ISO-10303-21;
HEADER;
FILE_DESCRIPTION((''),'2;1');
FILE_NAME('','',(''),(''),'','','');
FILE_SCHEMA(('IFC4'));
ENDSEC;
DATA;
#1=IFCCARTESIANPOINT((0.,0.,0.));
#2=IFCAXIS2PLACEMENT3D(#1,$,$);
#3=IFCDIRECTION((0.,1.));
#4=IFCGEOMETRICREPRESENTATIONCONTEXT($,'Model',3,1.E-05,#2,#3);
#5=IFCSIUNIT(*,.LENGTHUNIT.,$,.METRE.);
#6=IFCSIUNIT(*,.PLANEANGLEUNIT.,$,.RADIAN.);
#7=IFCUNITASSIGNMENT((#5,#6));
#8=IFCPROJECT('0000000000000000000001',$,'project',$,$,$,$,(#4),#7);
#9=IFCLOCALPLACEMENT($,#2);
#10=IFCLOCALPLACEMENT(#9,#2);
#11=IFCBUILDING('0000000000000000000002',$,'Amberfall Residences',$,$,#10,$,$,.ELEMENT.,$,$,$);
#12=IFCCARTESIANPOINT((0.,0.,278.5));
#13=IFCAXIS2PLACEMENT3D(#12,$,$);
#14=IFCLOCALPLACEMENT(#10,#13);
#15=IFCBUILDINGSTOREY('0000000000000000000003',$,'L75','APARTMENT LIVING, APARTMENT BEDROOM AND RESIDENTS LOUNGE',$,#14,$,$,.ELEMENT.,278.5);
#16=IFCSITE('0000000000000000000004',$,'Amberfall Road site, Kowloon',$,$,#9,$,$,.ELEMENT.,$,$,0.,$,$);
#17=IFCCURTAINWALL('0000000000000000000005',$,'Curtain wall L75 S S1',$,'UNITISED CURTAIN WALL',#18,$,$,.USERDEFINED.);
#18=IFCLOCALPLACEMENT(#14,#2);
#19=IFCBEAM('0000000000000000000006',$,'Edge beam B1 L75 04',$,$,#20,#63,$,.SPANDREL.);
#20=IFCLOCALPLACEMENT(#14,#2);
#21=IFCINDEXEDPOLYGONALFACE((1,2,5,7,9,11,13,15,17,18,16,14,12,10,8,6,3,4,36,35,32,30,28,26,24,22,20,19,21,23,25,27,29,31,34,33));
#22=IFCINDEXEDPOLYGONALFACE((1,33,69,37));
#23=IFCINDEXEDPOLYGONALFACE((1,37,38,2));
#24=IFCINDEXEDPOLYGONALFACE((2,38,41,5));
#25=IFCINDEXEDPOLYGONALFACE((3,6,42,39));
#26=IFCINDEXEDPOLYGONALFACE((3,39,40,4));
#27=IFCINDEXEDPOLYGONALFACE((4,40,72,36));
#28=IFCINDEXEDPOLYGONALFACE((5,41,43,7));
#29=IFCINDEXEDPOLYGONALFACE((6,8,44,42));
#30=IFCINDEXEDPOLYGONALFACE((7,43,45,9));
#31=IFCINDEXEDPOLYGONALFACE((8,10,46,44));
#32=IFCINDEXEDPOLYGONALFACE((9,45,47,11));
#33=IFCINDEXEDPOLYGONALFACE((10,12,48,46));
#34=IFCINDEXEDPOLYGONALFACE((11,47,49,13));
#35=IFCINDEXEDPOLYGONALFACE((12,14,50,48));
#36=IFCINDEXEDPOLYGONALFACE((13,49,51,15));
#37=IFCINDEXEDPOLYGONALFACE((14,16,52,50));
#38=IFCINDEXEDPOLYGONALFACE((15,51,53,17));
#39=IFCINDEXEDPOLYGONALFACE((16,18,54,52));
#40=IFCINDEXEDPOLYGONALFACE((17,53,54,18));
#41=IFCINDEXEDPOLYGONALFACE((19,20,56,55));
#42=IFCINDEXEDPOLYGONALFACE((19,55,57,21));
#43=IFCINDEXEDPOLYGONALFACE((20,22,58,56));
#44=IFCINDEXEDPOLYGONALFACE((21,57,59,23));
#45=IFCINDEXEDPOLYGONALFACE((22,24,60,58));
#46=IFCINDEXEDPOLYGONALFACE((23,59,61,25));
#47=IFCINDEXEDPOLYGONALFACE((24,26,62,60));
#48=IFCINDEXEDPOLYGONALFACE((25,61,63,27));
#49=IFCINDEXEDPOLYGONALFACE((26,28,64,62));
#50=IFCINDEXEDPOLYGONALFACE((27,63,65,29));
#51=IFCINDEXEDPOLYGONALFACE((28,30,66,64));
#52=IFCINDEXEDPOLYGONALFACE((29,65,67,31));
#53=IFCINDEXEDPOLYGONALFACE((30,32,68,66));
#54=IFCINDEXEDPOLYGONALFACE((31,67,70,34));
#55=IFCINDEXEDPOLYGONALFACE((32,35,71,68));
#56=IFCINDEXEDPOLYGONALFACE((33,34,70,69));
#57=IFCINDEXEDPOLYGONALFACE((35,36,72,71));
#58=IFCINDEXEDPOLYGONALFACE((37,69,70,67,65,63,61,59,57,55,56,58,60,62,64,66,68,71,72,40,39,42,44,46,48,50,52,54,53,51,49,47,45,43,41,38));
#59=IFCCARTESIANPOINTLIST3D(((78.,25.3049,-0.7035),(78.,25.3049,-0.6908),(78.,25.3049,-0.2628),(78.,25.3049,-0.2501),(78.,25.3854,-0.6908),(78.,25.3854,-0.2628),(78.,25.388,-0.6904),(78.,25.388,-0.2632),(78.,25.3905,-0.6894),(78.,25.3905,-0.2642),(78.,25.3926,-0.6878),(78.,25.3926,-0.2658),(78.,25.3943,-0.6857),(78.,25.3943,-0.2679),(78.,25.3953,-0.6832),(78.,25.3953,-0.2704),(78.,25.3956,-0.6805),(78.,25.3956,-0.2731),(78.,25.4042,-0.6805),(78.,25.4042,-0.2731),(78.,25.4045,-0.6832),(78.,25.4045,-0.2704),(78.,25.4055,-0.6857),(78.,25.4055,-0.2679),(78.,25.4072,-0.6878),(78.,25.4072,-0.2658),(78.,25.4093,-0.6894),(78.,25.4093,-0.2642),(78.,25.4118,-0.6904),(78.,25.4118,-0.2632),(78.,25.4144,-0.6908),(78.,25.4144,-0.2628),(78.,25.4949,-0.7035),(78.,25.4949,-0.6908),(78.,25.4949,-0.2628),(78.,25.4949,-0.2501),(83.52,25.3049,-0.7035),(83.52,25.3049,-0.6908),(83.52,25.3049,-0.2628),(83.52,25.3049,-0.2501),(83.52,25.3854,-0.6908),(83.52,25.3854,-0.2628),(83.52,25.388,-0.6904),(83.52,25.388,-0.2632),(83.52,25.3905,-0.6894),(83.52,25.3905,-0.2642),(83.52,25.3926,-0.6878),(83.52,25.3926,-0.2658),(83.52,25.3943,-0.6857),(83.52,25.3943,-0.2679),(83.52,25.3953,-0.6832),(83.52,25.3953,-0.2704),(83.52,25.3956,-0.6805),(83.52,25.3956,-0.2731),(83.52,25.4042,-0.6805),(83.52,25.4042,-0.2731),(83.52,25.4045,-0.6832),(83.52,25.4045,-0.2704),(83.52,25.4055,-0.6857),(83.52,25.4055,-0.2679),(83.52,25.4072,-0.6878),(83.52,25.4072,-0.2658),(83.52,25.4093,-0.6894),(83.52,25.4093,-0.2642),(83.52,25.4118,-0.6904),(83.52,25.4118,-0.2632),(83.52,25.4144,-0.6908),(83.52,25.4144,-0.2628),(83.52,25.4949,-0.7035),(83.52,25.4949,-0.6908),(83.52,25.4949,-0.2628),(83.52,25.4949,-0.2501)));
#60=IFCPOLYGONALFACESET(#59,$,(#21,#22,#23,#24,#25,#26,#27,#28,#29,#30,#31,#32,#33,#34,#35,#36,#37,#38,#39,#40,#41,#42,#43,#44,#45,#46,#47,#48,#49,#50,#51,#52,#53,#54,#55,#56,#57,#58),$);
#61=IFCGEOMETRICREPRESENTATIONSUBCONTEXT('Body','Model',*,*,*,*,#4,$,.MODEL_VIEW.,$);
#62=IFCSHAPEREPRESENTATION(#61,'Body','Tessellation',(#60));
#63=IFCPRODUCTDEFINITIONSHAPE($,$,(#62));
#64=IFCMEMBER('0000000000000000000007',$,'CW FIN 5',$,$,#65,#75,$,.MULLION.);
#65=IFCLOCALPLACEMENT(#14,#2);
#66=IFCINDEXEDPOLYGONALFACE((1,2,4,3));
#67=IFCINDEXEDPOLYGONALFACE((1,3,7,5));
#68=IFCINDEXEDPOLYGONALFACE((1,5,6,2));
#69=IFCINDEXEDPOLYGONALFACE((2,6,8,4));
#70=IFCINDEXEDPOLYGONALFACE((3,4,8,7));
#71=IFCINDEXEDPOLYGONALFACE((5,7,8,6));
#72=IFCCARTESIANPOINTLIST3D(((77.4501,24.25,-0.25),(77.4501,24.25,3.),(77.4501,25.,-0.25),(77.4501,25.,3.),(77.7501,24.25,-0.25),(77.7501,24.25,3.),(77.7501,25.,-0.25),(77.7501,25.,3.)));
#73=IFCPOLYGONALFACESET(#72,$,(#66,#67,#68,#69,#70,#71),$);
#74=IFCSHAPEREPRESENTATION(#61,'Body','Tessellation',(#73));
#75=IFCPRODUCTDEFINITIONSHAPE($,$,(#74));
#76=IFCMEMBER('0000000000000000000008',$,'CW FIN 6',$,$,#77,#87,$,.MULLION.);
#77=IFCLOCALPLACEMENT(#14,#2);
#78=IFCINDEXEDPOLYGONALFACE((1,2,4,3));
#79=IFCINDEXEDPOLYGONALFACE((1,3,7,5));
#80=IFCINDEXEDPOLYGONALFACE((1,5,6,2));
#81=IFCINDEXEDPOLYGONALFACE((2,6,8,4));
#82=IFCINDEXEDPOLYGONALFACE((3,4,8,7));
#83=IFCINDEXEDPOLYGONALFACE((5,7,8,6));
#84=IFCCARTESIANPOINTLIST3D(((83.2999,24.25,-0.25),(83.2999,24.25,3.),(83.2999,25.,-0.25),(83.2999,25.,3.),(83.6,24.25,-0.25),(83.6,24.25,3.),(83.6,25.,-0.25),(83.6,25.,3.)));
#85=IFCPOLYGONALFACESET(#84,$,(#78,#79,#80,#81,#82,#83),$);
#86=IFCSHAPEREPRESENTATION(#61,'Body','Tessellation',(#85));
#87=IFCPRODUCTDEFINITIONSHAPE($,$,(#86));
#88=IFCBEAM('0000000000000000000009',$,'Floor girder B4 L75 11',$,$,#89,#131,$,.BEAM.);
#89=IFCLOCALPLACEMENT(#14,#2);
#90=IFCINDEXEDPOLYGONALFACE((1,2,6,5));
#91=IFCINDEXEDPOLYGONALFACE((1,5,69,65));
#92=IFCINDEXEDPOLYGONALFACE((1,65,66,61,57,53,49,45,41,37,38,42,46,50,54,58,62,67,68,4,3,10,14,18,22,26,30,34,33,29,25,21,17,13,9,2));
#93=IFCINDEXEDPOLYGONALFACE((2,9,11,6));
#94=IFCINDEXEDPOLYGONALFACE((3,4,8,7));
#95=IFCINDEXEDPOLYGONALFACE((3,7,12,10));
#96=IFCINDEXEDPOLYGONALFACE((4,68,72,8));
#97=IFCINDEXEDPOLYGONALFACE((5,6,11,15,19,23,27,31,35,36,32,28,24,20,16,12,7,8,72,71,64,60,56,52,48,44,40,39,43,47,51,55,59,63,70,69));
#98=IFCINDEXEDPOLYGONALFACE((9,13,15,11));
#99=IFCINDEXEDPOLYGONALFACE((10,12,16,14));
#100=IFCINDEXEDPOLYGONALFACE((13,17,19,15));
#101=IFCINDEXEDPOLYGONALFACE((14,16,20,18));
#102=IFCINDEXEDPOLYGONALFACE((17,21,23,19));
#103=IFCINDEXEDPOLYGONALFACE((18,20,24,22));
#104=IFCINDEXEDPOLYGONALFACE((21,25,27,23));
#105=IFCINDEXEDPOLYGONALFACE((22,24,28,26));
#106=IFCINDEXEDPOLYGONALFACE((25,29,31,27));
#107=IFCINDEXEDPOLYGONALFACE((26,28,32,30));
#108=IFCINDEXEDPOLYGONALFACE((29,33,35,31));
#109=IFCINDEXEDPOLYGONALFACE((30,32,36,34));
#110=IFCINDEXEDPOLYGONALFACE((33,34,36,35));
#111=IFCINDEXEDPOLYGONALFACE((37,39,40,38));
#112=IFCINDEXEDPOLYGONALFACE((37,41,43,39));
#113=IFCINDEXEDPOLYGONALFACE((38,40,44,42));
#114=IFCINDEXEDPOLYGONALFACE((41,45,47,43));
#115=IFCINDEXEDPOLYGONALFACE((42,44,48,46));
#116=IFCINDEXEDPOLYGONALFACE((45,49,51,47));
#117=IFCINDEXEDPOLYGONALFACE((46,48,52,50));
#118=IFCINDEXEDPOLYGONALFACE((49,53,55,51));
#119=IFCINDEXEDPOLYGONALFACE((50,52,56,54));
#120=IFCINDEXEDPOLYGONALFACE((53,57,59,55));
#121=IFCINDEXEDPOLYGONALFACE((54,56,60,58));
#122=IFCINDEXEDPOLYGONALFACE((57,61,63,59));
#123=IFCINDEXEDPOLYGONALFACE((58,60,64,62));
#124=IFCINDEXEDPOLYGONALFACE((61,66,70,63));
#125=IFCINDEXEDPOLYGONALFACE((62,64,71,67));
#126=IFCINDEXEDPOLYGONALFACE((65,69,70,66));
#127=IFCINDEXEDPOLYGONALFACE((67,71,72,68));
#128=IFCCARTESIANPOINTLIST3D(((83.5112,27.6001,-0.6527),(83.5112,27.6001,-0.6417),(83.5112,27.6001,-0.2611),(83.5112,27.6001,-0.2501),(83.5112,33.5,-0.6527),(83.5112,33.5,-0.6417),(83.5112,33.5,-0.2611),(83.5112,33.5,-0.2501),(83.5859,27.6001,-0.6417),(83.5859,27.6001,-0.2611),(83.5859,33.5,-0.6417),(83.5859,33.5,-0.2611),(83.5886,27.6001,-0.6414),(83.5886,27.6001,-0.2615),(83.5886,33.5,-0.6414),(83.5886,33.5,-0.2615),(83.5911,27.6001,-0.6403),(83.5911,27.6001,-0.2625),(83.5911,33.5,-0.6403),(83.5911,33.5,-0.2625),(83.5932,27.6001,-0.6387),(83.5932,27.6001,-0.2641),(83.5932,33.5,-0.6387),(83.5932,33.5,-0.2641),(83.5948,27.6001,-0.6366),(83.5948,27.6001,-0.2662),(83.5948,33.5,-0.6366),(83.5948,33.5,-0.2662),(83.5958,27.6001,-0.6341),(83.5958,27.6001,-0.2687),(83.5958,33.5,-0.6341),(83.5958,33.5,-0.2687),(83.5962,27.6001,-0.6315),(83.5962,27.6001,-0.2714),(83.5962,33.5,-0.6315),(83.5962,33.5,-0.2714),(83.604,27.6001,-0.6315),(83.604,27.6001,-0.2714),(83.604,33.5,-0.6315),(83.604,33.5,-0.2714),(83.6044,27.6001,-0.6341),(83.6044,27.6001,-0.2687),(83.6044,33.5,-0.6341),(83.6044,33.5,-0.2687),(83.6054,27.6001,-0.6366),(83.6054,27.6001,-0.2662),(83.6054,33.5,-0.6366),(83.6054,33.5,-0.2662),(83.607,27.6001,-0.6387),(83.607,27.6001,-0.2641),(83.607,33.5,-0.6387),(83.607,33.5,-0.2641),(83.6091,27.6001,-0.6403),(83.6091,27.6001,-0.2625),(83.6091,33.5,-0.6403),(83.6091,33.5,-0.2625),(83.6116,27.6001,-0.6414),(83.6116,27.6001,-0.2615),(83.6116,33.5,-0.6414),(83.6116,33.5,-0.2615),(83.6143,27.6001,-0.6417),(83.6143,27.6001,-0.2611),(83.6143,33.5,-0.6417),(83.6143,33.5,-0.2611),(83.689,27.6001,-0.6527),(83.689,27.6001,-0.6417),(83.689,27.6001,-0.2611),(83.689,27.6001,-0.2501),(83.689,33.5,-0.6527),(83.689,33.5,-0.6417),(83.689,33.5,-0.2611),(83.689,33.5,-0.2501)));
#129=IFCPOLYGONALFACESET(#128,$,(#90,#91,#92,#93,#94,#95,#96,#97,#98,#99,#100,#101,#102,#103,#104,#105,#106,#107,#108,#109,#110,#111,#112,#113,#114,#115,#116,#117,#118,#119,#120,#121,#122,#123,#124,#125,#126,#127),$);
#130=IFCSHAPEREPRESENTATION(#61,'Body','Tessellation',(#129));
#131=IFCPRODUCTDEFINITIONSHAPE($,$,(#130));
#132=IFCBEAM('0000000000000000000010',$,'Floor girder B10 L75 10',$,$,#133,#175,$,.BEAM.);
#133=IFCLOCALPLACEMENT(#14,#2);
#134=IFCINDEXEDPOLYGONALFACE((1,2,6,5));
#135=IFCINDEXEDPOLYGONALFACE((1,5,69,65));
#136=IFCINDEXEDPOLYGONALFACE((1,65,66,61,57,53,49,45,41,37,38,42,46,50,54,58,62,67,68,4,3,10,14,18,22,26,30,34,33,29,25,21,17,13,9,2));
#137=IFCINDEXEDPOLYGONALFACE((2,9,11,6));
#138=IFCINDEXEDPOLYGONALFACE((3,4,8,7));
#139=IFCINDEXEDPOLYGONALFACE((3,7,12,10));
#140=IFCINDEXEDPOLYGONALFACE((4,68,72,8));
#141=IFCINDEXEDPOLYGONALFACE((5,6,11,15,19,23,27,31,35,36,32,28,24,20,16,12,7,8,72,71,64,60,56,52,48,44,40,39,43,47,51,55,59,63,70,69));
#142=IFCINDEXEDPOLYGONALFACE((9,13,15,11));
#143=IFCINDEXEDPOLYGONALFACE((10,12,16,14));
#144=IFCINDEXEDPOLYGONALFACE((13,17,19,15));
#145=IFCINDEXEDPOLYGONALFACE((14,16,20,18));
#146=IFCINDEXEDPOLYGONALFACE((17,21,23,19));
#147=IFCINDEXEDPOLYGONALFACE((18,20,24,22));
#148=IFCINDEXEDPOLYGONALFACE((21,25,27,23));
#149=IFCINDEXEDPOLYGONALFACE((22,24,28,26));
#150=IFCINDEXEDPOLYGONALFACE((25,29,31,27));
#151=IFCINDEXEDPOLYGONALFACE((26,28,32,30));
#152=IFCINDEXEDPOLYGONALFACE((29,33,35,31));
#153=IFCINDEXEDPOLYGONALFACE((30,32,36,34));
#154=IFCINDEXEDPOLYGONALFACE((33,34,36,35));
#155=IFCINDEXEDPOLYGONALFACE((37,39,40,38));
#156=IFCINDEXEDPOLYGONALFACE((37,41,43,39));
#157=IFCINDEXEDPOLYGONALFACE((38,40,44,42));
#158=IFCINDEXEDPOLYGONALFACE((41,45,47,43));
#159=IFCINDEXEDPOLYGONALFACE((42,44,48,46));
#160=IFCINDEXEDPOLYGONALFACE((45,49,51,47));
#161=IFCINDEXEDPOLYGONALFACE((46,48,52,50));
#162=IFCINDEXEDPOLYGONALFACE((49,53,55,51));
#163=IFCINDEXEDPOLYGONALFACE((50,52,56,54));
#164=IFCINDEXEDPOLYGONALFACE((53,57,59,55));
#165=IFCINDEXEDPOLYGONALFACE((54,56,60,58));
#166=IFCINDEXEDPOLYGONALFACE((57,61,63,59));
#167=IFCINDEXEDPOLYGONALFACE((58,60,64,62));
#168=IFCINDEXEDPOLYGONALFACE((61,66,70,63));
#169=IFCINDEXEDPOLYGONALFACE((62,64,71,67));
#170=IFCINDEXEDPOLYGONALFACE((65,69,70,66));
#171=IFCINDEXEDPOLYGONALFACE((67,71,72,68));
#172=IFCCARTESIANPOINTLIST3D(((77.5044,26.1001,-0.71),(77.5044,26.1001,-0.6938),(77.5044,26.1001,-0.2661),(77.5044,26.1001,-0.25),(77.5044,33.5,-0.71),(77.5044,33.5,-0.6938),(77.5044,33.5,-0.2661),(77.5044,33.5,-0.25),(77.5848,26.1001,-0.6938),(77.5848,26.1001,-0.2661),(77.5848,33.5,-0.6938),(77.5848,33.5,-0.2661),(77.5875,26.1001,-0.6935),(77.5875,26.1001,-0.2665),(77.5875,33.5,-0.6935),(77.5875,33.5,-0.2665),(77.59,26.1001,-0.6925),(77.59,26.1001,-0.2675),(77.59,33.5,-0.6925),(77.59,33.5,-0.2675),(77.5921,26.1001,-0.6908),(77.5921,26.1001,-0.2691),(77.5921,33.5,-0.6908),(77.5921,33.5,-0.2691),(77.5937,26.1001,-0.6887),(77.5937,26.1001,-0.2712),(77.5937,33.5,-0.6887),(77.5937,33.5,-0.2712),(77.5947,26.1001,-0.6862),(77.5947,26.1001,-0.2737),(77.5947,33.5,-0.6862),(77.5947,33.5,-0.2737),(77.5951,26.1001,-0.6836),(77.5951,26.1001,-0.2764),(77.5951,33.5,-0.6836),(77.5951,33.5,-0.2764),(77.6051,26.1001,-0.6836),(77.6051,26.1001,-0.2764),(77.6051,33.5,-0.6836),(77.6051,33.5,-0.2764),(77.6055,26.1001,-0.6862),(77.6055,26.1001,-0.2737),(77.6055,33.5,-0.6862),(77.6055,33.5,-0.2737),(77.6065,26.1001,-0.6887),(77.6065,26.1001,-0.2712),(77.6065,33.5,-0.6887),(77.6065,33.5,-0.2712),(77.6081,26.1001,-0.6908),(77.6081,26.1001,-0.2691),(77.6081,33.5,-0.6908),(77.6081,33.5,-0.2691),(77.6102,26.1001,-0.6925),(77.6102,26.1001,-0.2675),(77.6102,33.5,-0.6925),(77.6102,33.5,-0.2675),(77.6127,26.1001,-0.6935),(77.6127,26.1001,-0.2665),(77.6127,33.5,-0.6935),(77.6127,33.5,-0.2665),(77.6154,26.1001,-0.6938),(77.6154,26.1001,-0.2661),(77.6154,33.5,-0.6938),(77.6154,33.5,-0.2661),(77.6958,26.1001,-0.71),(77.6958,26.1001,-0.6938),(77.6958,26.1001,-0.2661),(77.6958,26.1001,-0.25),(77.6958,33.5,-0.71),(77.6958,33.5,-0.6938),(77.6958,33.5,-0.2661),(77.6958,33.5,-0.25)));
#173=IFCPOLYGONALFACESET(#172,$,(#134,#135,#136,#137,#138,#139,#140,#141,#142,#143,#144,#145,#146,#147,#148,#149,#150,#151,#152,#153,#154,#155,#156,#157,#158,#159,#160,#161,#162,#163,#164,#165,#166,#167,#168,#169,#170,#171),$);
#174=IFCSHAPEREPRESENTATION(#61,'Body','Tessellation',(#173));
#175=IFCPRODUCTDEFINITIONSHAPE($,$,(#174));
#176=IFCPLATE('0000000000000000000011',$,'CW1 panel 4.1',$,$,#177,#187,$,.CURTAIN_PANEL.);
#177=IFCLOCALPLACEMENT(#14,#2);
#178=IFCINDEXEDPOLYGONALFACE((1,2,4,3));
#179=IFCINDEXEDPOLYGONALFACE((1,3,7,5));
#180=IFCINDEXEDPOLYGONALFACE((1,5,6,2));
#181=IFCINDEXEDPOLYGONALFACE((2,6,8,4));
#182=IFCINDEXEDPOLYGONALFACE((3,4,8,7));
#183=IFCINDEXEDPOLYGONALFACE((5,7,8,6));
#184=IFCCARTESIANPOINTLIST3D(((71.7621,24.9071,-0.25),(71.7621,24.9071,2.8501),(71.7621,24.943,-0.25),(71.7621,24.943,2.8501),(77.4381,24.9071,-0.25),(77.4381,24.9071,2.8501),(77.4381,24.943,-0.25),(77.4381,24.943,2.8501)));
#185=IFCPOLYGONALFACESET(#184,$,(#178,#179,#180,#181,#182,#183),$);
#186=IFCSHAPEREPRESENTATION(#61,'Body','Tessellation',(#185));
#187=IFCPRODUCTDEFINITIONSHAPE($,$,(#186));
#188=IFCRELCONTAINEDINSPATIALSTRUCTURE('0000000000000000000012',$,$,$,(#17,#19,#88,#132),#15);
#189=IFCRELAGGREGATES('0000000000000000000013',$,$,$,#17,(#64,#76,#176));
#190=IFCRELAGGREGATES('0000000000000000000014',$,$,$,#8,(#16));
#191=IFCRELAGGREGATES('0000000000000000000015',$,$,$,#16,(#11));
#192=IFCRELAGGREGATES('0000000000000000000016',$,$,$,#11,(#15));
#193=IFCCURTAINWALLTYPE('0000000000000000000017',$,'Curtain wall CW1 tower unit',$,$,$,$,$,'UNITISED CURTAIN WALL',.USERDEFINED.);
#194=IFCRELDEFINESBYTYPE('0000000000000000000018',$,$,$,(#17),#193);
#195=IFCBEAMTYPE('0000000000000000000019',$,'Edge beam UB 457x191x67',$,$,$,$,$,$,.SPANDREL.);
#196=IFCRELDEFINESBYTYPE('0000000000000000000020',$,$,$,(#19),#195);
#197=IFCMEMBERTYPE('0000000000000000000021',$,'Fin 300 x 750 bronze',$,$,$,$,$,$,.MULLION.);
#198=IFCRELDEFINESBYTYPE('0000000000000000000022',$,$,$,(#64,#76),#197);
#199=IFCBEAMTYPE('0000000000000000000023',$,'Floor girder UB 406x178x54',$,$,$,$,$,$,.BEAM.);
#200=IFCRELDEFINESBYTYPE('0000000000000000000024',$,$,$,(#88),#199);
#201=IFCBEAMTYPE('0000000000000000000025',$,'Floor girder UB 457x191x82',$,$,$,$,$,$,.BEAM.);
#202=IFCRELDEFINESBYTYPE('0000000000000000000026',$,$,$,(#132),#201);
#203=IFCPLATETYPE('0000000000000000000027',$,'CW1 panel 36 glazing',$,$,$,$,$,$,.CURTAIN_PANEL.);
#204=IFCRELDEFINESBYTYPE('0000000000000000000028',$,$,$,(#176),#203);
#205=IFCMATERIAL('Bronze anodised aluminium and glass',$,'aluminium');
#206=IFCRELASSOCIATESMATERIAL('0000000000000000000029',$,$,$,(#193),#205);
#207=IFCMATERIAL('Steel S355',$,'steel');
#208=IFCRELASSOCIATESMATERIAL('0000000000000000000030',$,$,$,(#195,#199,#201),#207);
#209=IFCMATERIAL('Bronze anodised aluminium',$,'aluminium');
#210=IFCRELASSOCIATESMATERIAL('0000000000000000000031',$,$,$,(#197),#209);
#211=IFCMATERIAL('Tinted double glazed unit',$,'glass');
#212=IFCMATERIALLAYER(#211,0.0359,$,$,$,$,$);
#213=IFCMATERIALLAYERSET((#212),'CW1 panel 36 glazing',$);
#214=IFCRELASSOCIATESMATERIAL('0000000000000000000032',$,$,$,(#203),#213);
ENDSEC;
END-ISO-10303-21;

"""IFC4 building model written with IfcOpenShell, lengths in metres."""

from ifc_helpers import new_model, si_unit, direction, frame, origin, origin_2d, place, context, subcontext, project, spatial, rectangle, i_section, extrude, material, layer, layer_set, material_profile, profile_set, type_object, element, aggregate, save


model = new_model("IFC4")

# Units and contexts
model_context = context("Model", 3, precision=1e-05, world=origin(), true_north=direction((0.0, 1.0)))
body_context = subcontext(model_context, "Body", "Model", "MODEL_VIEW")
ifc_project = project(units=[si_unit("LENGTHUNIT", "METRE"), si_unit("PLANEANGLEUNIT", "RADIAN")], contexts=[model_context])

# Site, building, storey
site_placement = place(None, origin())
site = spatial("IfcSite", under=ifc_project, at=site_placement, Name="Amberfall Road site, Kowloon", CompositionType="ELEMENT", RefElevation=0.0)
building_placement = place(site_placement, origin())
building = spatial("IfcBuilding", under=site, at=building_placement, Name="Amberfall Residences", CompositionType="ELEMENT")
storey_placement = place(building_placement, frame((0.0, 0.0, 278.5)))
storey = spatial("IfcBuildingStorey", under=building, at=storey_placement, Name="L75", Description="APARTMENT LIVING, APARTMENT BEDROOM AND RESIDENTS LOUNGE", CompositionType="ELEMENT", Elevation=278.5)

# Curtain wall
ifc_material_1 = material(Name="Bronze anodised aluminium and glass", Category="aluminium")
curtain_wall_type = type_object("IfcCurtainWallType", Name="Curtain wall CW1 tower unit", ElementType="UNITISED CURTAIN WALL", PredefinedType="USERDEFINED", material=ifc_material_1)
curtain_wall_placement = place(storey_placement, origin())
curtain_wall = element("IfcCurtainWall", 1, at=curtain_wall_placement, inside=storey, type_object=curtain_wall_type, Name="Curtain wall L75 S S1", ObjectType="UNITISED CURTAIN WALL", PredefinedType="USERDEFINED")
ifc_material_2 = material(Name="Bronze anodised aluminium", Category="aluminium")

# Beam
ifc_material_3 = material(Name="Steel S355", Category="steel")
ifc_material_profile_1 = material_profile(ifc_material_3, i_section(OverallWidth=0.1899, OverallDepth=0.4534, WebThickness=0.0085, FlangeThickness=0.0127, FilletRadius=0.0103, at=origin_2d()), Name="UB 457x191x67")
ifc_profile_set_1 = profile_set([ifc_material_profile_1], Name="Steel S355")
beam_type_1 = type_object("IfcBeamType", Name="Edge beam UB 457x191x67", PredefinedType="SPANDREL", material=ifc_profile_set_1)
beam_1_placement = place(storey_placement, frame((78.0, 25.3999, -0.4768), z_axis=(1.0, 0.0, 0.0), x_axis=(0.0, 1.0, 0.0)))
element("IfcBeam", 2, at=beam_1_placement, inside=storey, type_object=beam_type_1, Name="Edge beam B1 L75 04", PredefinedType="SPANDREL", context=body_context, shape_type="SweptSolid", body=[
    extrude(i_section(OverallWidth=0.1899, OverallDepth=0.4534, WebThickness=0.0085, FlangeThickness=0.0127, FilletRadius=0.0103, at=origin_2d()), origin(), (0.0, 0.0, 1.0), 5.52),
])

# Members
ifc_material_profile_2 = material_profile(ifc_material_2, rectangle(XDim=0.75, YDim=0.3, at=origin_2d()), Name="Fin 300 x 750 bronze")
ifc_profile_set_2 = profile_set([ifc_material_profile_2], Name="Bronze anodised aluminium")
member_type_1 = type_object("IfcMemberType", Name="Fin 300 x 750 bronze", PredefinedType="MULLION", material=ifc_profile_set_2)
member_1_placement = place(storey_placement, frame((77.6001, 24.625, -0.25), z_axis=(0.0, 0.0, 1.0), x_axis=(0.0, 1.0, 0.0)))
member_1 = element("IfcMember", 3, at=member_1_placement, type_object=member_type_1, Name="CW FIN 5", PredefinedType="MULLION", context=body_context, shape_type="SweptSolid", body=[
    extrude(rectangle(XDim=0.75, YDim=0.3, at=origin_2d()), origin(), (0.0, 0.0, 1.0), 3.25),
])
member_2_placement = place(storey_placement, frame((83.45, 24.625, -0.25), z_axis=(0.0, 0.0, 1.0), x_axis=(0.0, 1.0, 0.0)))
member_2 = element("IfcMember", 4, at=member_2_placement, type_object=member_type_1, Name="CW FIN 6", PredefinedType="MULLION", context=body_context, shape_type="SweptSolid", body=[
    extrude(rectangle(XDim=0.75, YDim=0.3, at=origin_2d()), origin(), (0.0, 0.0, 1.0), 3.25),
])

# Beams
ifc_material_profile_3 = material_profile(ifc_material_3, i_section(OverallWidth=0.1777, OverallDepth=0.4026, WebThickness=0.0078, FlangeThickness=0.011, FilletRadius=0.0103, at=origin_2d()), Name="UB 406x178x54")
ifc_profile_set_3 = profile_set([ifc_material_profile_3], Name="Steel S355")
beam_type_2 = type_object("IfcBeamType", Name="Floor girder UB 406x178x54", PredefinedType="BEAM", material=ifc_profile_set_3)
beam_2_placement = place(storey_placement, frame((83.6001, 27.6001, -0.4514), z_axis=(0.0, 1.0, 0.0), x_axis=(-1.0, 0.0, 0.0)))
element("IfcBeam", 5, at=beam_2_placement, inside=storey, type_object=beam_type_2, Name="Floor girder B4 L75 11", PredefinedType="BEAM", context=body_context, shape_type="SweptSolid", body=[
    extrude(i_section(OverallWidth=0.1777, OverallDepth=0.4026, WebThickness=0.0078, FlangeThickness=0.011, FilletRadius=0.0103, at=origin_2d()), origin(), (0.0, 0.0, 1.0), 5.8999),
])
ifc_material_profile_4 = material_profile(ifc_material_3, i_section(OverallWidth=0.1914, OverallDepth=0.46, WebThickness=0.01, FlangeThickness=0.0161, FilletRadius=0.0103, at=origin_2d()), Name="UB 457x191x82")
ifc_profile_set_4 = profile_set([ifc_material_profile_4], Name="Steel S355")
beam_type_3 = type_object("IfcBeamType", Name="Floor girder UB 457x191x82", PredefinedType="BEAM", material=ifc_profile_set_4)
beam_3_placement = place(storey_placement, frame((77.6001, 26.1001, -0.48), z_axis=(0.0, 1.0, 0.0), x_axis=(-1.0, 0.0, 0.0)))
element("IfcBeam", 6, at=beam_3_placement, inside=storey, type_object=beam_type_3, Name="Floor girder B10 L75 10", PredefinedType="BEAM", context=body_context, shape_type="SweptSolid", body=[
    extrude(i_section(OverallWidth=0.1914, OverallDepth=0.46, WebThickness=0.01, FlangeThickness=0.0161, FilletRadius=0.0103, at=origin_2d()), origin(), (0.0, 0.0, 1.0), 7.3999),
])

# Plate
ifc_material_4 = material(Name="Tinted double glazed unit", Category="glass")
ifc_layer_1 = layer(ifc_material_4, 0.0359)
ifc_layer_set_1 = layer_set([ifc_layer_1], Name="CW1 panel 36 glazing")
plate_type = type_object("IfcPlateType", Name="CW1 panel 36 glazing", PredefinedType="CURTAIN_PANEL", material=ifc_layer_set_1)
plate_1_placement = place(storey_placement, frame((74.6001, 24.925, -0.25), z_axis=(0.0, 0.0, 1.0), x_axis=(1.0, 0.0, 0.0)))
plate_1 = element("IfcPlate", 7, at=plate_1_placement, type_object=plate_type, Name="CW1 panel 4.1", PredefinedType="CURTAIN_PANEL", context=body_context, shape_type="SweptSolid", body=[
    extrude(rectangle(XDim=5.676, YDim=0.0359, at=origin_2d()), origin(), (0.0, 0.0, 1.0), 3.1001),
])
aggregate(curtain_wall, [member_1, member_2, plate_1])

save(model, "model.ifc")
